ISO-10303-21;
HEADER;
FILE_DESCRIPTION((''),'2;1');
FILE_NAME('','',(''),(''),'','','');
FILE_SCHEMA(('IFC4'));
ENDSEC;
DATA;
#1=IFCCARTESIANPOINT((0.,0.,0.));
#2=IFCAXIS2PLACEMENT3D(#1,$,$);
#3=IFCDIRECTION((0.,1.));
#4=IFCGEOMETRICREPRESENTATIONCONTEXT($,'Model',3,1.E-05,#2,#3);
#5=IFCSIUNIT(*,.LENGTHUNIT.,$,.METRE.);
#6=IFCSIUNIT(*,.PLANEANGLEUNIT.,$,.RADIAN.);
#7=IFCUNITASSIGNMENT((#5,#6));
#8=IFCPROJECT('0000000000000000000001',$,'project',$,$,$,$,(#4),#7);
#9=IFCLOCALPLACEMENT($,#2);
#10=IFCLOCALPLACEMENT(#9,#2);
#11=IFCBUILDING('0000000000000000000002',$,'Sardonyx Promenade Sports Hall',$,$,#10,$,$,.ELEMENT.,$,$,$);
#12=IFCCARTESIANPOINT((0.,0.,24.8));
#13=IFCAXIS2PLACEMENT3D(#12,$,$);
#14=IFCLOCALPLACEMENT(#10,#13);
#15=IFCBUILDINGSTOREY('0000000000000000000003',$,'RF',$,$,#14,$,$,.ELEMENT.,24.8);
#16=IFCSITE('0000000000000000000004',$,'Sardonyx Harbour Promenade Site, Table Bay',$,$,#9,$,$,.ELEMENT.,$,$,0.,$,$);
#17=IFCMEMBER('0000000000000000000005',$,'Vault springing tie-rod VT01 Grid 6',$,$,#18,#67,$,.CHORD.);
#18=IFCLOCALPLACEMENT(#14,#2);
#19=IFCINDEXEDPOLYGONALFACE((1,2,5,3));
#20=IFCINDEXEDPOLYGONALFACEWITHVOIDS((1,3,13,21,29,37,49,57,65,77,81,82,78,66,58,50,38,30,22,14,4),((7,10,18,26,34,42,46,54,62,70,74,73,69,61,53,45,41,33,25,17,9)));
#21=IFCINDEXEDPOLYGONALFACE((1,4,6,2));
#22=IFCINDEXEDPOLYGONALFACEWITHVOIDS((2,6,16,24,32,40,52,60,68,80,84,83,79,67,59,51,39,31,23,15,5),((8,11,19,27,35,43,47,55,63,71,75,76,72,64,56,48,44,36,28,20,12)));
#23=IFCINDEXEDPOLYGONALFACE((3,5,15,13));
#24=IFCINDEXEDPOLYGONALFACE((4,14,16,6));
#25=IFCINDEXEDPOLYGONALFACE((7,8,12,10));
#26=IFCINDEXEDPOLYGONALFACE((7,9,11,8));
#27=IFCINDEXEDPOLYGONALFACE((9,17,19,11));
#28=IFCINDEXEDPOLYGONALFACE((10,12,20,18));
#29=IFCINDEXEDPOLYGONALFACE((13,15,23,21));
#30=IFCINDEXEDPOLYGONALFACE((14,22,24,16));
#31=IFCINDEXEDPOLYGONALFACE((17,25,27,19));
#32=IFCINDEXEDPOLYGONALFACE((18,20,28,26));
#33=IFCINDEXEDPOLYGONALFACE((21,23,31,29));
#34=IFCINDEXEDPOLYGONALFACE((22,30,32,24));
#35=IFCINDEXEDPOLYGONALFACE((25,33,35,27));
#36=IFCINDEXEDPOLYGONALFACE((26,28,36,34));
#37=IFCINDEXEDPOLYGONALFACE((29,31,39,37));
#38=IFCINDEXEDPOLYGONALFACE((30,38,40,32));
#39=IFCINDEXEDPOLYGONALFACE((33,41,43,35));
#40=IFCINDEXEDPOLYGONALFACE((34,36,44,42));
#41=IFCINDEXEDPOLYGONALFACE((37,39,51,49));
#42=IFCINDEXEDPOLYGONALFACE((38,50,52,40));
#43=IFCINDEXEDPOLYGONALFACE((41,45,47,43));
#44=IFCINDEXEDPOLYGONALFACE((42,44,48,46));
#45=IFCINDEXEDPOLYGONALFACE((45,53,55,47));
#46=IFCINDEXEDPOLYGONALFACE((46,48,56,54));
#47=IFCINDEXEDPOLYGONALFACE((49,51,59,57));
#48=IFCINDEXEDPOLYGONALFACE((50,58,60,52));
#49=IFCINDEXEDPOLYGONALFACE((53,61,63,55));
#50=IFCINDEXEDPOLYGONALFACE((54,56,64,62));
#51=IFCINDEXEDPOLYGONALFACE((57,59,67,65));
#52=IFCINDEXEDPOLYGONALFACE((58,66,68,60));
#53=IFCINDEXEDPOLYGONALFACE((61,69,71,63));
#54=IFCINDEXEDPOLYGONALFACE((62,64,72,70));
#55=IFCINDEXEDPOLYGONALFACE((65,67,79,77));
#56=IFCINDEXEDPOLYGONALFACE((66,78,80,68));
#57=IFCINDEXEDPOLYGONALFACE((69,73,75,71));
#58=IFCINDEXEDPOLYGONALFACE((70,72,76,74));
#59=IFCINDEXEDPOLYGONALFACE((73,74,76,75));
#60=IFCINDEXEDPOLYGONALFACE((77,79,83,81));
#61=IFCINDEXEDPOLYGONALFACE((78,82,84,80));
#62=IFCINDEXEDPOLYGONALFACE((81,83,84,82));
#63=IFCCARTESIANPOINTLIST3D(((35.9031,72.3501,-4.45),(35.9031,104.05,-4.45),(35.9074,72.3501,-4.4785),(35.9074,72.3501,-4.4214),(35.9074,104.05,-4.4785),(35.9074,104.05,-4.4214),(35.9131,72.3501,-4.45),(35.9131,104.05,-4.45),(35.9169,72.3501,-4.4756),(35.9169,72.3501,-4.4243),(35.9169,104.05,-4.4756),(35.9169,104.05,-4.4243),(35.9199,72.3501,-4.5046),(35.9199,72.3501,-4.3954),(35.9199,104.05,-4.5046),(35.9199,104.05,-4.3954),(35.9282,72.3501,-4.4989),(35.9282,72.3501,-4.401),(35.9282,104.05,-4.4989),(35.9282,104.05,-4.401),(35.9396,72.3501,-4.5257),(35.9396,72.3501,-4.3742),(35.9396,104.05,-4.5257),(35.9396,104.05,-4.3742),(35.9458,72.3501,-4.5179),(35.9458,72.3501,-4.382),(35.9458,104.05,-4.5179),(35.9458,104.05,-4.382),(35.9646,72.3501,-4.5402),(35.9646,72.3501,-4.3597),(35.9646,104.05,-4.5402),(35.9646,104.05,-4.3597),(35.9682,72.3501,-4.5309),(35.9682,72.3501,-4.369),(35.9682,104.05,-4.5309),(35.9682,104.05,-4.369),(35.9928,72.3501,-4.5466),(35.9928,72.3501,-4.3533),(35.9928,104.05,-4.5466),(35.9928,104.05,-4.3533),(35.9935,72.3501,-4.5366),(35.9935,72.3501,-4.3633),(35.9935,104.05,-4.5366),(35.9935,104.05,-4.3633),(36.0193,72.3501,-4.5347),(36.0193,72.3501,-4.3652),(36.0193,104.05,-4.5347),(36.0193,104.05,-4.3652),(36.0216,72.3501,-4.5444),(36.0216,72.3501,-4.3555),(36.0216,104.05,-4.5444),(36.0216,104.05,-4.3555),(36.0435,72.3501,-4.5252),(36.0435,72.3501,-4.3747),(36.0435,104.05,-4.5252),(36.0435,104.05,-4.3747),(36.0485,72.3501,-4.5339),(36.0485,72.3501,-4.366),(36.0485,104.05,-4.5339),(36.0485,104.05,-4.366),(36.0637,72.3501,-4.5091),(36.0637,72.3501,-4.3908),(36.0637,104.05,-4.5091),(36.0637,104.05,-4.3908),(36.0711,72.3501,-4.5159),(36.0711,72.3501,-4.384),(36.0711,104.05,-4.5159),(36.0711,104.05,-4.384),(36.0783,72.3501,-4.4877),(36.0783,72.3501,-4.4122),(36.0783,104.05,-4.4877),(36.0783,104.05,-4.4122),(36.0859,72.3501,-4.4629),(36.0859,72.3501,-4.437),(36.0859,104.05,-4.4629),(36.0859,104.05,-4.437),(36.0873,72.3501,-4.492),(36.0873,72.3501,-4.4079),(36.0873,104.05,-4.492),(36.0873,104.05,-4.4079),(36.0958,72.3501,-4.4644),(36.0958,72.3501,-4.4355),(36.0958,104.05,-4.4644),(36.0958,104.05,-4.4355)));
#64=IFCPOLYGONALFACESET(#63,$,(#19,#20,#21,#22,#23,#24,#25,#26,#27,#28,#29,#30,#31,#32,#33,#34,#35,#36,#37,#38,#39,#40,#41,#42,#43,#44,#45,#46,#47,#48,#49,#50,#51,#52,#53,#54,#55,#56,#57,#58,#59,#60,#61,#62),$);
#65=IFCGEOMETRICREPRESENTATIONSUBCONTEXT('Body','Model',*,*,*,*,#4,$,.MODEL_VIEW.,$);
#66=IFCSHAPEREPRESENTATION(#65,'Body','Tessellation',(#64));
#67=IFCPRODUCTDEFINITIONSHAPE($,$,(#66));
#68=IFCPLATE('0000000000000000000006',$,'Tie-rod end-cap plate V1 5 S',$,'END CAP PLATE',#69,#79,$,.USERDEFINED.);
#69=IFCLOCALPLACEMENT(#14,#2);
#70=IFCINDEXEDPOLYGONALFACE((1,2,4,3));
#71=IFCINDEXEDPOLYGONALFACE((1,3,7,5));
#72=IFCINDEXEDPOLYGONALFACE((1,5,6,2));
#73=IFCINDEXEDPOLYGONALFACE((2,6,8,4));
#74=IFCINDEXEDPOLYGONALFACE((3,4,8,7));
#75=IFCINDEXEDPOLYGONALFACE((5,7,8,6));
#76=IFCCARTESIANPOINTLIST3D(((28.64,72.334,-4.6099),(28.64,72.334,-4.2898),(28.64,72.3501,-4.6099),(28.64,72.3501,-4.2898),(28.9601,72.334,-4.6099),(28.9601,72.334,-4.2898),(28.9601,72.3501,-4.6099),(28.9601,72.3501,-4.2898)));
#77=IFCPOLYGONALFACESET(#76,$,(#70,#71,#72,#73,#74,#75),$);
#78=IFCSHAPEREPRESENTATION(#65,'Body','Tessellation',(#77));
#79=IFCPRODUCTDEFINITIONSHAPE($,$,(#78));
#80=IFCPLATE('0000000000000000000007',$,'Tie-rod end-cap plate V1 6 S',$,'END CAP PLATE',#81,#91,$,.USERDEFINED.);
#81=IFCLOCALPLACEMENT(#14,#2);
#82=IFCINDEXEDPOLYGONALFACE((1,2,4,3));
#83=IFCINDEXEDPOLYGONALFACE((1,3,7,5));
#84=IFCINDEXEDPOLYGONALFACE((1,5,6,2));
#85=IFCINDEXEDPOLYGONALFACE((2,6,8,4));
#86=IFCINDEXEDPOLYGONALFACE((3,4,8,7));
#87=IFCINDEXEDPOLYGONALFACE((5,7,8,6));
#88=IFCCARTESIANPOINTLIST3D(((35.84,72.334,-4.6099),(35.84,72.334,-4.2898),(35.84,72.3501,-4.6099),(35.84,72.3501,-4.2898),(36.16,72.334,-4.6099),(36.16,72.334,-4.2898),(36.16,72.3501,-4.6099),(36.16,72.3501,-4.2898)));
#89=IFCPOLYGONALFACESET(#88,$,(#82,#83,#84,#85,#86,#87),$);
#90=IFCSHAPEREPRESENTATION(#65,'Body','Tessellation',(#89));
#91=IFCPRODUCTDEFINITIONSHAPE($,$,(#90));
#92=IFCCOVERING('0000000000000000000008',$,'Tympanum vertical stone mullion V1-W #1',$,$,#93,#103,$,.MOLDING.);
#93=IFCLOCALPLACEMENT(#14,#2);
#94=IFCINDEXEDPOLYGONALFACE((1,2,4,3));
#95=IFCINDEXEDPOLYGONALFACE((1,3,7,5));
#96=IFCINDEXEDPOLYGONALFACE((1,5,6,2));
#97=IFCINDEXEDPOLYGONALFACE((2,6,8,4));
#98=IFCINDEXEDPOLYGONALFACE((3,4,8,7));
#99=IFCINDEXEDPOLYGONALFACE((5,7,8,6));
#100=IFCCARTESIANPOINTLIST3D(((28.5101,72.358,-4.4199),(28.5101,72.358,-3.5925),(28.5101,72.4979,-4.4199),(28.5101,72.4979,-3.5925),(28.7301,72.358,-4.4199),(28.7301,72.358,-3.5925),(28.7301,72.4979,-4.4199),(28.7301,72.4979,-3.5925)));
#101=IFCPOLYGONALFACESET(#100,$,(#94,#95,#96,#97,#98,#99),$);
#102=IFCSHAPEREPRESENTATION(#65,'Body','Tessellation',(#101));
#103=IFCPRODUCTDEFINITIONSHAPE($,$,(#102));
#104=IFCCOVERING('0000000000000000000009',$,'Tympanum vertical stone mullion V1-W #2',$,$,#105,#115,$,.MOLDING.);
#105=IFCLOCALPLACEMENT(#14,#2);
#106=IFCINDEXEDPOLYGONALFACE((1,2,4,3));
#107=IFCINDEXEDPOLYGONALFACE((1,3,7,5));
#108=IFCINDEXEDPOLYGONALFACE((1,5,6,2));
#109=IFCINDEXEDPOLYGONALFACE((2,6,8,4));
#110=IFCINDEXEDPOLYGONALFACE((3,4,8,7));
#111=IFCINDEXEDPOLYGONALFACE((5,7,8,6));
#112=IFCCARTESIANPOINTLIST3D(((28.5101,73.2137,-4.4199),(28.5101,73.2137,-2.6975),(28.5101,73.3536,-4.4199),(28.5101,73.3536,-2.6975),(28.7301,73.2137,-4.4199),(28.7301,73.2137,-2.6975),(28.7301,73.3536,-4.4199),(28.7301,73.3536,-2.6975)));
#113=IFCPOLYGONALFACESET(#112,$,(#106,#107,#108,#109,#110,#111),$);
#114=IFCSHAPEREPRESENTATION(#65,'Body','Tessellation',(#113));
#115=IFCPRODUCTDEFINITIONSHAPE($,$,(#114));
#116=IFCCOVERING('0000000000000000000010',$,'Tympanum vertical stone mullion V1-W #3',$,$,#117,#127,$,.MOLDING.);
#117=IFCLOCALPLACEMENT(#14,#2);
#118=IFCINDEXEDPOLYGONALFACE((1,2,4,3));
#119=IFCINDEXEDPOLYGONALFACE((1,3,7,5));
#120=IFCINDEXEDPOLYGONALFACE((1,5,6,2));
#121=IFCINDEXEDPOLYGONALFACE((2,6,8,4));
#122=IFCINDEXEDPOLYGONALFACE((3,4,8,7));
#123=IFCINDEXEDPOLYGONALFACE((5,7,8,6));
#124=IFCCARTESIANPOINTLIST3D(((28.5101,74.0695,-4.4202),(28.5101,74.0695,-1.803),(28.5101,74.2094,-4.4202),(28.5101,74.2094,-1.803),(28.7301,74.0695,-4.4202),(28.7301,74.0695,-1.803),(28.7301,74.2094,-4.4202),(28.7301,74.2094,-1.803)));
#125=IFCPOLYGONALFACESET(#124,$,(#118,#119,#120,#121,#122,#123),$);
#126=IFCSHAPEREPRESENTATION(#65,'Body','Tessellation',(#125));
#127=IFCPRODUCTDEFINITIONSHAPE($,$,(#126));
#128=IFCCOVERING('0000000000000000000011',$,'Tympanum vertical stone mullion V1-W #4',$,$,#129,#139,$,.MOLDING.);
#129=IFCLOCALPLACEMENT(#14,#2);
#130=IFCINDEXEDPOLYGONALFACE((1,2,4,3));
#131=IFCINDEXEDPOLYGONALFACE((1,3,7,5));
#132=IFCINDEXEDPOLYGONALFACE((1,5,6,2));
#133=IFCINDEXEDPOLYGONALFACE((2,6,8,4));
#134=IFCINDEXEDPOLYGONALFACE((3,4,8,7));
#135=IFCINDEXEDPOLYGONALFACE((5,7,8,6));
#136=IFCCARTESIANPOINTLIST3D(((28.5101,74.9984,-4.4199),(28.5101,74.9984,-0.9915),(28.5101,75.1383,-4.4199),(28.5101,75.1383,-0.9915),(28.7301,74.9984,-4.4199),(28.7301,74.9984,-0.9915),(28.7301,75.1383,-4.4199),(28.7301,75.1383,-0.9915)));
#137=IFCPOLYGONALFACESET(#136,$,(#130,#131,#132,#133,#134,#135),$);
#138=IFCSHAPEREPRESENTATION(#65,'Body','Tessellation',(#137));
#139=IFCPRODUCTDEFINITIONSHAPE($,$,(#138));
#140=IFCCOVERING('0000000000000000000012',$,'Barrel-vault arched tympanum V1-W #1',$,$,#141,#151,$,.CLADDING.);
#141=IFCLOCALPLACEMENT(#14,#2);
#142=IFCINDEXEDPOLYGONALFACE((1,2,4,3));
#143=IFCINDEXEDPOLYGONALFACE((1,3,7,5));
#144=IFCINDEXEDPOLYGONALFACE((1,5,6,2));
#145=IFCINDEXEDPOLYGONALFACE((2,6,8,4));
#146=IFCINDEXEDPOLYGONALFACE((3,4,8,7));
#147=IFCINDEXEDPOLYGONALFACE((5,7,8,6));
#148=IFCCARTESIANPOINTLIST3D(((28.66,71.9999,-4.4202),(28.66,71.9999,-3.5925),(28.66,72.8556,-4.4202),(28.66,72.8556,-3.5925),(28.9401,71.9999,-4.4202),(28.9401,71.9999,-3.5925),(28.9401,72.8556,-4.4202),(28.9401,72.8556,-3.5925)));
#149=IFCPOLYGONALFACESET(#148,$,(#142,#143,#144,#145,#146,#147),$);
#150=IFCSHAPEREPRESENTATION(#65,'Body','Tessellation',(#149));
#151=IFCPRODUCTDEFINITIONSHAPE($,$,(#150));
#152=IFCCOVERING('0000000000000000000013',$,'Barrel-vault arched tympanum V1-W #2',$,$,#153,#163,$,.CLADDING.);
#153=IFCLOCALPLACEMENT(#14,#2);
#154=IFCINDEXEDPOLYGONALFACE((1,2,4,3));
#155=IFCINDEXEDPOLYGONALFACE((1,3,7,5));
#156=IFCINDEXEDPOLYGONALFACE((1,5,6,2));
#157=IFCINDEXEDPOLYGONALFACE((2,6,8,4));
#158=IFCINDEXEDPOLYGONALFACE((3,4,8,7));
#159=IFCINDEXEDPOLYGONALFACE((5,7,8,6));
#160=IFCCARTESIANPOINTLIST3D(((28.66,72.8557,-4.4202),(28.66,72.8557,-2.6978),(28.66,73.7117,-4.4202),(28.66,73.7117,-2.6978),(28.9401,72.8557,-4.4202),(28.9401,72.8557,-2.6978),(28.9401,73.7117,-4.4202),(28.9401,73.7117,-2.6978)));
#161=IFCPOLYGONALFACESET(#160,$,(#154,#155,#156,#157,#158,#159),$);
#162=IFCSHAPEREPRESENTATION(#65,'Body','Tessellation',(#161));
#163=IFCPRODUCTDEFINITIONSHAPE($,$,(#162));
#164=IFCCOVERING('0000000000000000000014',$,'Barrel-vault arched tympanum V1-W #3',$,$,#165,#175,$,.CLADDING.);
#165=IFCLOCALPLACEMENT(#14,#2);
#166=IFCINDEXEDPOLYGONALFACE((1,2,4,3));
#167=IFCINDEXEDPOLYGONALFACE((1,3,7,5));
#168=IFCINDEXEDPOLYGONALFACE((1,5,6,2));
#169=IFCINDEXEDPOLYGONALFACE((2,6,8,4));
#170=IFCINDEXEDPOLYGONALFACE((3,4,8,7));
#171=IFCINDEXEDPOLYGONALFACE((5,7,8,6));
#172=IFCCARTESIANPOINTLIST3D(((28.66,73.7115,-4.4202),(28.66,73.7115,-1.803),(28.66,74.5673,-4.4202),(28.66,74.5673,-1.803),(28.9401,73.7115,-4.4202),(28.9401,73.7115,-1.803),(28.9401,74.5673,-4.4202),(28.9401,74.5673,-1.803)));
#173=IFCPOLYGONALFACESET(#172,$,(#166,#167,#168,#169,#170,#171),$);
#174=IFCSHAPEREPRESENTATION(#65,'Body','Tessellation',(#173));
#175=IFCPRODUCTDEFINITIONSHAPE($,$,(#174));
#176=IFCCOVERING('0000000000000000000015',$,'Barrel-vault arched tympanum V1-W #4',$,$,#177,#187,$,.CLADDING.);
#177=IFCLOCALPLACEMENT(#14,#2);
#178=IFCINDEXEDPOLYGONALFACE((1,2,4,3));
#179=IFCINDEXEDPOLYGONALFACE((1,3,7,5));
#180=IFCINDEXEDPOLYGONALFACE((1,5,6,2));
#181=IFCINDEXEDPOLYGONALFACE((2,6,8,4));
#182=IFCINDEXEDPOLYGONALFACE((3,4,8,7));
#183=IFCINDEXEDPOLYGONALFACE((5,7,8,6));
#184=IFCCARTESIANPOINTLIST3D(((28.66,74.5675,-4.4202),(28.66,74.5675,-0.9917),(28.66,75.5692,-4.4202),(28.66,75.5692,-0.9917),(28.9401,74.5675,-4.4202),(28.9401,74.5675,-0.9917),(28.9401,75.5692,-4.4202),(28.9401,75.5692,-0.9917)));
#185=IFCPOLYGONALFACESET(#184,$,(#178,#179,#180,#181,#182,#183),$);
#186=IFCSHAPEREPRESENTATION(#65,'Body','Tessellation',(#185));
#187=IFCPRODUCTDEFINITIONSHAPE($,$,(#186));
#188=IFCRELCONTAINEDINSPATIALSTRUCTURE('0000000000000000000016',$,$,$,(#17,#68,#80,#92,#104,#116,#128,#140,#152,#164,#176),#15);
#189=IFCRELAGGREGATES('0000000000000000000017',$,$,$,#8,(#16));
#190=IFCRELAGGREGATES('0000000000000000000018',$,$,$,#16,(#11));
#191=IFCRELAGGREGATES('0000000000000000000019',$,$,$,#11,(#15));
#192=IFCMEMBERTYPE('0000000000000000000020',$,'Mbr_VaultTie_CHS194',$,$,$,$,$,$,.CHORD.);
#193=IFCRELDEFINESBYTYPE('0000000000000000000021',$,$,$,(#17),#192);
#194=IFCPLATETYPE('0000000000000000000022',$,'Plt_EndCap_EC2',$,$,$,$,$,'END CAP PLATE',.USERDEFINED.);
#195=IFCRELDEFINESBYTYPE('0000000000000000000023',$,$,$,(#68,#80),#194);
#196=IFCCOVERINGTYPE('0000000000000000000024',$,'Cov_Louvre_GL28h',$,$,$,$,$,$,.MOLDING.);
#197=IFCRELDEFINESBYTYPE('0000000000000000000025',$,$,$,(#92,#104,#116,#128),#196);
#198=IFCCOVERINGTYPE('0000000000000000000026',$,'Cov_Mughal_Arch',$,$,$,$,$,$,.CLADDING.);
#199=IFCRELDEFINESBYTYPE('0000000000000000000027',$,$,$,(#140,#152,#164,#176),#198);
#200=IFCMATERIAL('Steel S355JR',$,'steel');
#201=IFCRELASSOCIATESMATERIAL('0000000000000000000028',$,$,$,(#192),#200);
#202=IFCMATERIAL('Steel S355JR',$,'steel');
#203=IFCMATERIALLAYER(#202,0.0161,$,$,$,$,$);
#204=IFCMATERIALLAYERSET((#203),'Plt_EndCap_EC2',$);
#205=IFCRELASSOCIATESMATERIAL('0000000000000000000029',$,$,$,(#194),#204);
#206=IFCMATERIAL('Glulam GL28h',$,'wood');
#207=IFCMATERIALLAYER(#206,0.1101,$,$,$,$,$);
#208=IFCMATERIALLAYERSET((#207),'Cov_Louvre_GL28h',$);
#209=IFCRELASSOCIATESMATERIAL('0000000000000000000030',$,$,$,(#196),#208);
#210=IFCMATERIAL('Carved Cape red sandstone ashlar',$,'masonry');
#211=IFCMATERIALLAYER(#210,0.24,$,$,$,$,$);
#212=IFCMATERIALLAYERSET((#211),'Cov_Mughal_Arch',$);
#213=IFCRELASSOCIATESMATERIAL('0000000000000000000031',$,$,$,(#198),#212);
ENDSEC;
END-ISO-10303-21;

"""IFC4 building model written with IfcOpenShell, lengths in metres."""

from ifc_helpers import new_model, si_unit, direction, frame, frame_2d, origin, origin_2d, place, context, subcontext, project, spatial, rectangle, hollow_circle, extrude, material, layer, layer_set, material_profile, profile_set, type_object, element, save


model = new_model("IFC4")

# Units and contexts
model_context = context("Model", 3, precision=1e-05, world=origin(), true_north=direction((0.0, 1.0)))
body_context = subcontext(model_context, "Body", "Model", "MODEL_VIEW")
ifc_project = project(units=[si_unit("LENGTHUNIT", "METRE"), si_unit("PLANEANGLEUNIT", "RADIAN")], contexts=[model_context])

# Site, building, storey
site_placement = place(None, origin())
site = spatial("IfcSite", under=ifc_project, at=site_placement, Name="Sardonyx Harbour Promenade Site, Table Bay", CompositionType="ELEMENT", RefElevation=0.0)
building_placement = place(site_placement, origin())
building = spatial("IfcBuilding", under=site, at=building_placement, Name="Sardonyx Promenade Sports Hall", CompositionType="ELEMENT")
storey_placement = place(building_placement, frame((0.0, 0.0, 24.8)))
storey = spatial("IfcBuildingStorey", under=building, at=storey_placement, Name="RF", CompositionType="ELEMENT", Elevation=24.8)

# Member
ifc_material_1 = material(Name="Steel S355JR", Category="steel")
ifc_material_profile_1 = material_profile(ifc_material_1, hollow_circle(Radius=0.0969, WallThickness=0.01, at=origin_2d()))
ifc_profile_set_1 = profile_set([ifc_material_profile_1], Name="Steel S355JR")
member_type_1 = type_object("IfcMemberType", Name="Mbr_VaultTie_CHS194", PredefinedType="CHORD", material=ifc_profile_set_1)
for number, where, z_axis, x_axis, name in (
    (1, (36.0, 72.3501, -4.45), (0.0, 1.0, 0.0), (-1.0, 0.0, 0.0), "Vault springing tie-rod VT01 Grid 6"),
):
    element("IfcMember", number, at=place(storey_placement, frame(where, z_axis=z_axis, x_axis=x_axis)), inside=storey, type_object=member_type_1, Name=name, PredefinedType="CHORD", context=body_context, shape_type="SweptSolid", body=[
        extrude(hollow_circle(Radius=0.0969, WallThickness=0.01, at=origin_2d()), origin(), (0.0, 0.0, 1.0), 31.7),
    ])

# Plates
ifc_material_2 = material(Name="Steel S355JR", Category="steel")
ifc_layer_1 = layer(ifc_material_2, 0.0161)
ifc_layer_set_1 = layer_set([ifc_layer_1], Name="Plt_EndCap_EC2")
plate_type = type_object("IfcPlateType", Name="Plt_EndCap_EC2", ElementType="END CAP PLATE", PredefinedType="USERDEFINED", material=ifc_layer_set_1)
for number, where, z_axis, x_axis, name in (
    (2, (28.8, 72.342, -4.6099), (0.0, 0.0, 1.0), (1.0, 0.0, 0.0), "Tie-rod end-cap plate V1 5 S"),
    (3, (36.0, 72.342, -4.6099), (0.0, 0.0, 1.0), (1.0, 0.0, 0.0), "Tie-rod end-cap plate V1 6 S"),
):
    element("IfcPlate", number, at=place(storey_placement, frame(where, z_axis=z_axis, x_axis=x_axis)), inside=storey, type_object=plate_type, Name=name, ObjectType="END CAP PLATE", PredefinedType="USERDEFINED", context=body_context, shape_type="SweptSolid", body=[
        extrude(rectangle(XDim=0.3201, YDim=0.0161, at=origin_2d()), origin(), (0.0, 0.0, 1.0), 0.3201),
    ])

# Coverings
ifc_material_3 = material(Name="Glulam GL28h", Category="wood")
ifc_layer_2 = layer(ifc_material_3, 0.1101)
ifc_layer_set_2 = layer_set([ifc_layer_2], Name="Cov_Louvre_GL28h")
covering_type_1 = type_object("IfcCoveringType", Name="Cov_Louvre_GL28h", PredefinedType="MOLDING", material=ifc_layer_set_2)
covering_1_placement = place(storey_placement, frame((28.6201, 72.428, -4.4199), z_axis=(0.0, 0.0, 1.0), x_axis=(1.0, 0.0, 0.0)))
element("IfcCovering", 4, at=covering_1_placement, inside=storey, type_object=covering_type_1, Name="Tympanum vertical stone mullion V1-W #1", PredefinedType="MOLDING", context=body_context, shape_type="SweptSolid", body=[
    extrude(rectangle(XDim=0.22, YDim=0.1399, at=origin_2d()), origin(), (0.0, 0.0, 1.0), 0.8274),
])
covering_2_placement = place(storey_placement, frame((28.6201, 73.2837, -4.4199), z_axis=(0.0, 0.0, 1.0), x_axis=(1.0, 0.0, 0.0)))
element("IfcCovering", 5, at=covering_2_placement, inside=storey, type_object=covering_type_1, Name="Tympanum vertical stone mullion V1-W #2", PredefinedType="MOLDING", context=body_context, shape_type="SweptSolid", body=[
    extrude(rectangle(XDim=0.22, YDim=0.1399, at=origin_2d()), origin(), (0.0, 0.0, 1.0), 1.7224),
])
covering_3_placement = place(storey_placement, frame((28.6201, 74.1394, -4.4202), z_axis=(0.0, 0.0, 1.0), x_axis=(1.0, 0.0, 0.0)))
element("IfcCovering", 6, at=covering_3_placement, inside=storey, type_object=covering_type_1, Name="Tympanum vertical stone mullion V1-W #3", PredefinedType="MOLDING", context=body_context, shape_type="SweptSolid", body=[
    extrude(rectangle(XDim=0.22, YDim=0.1399, at=origin_2d()), origin(), (0.0, 0.0, 1.0), 2.6172),
])
covering_4_placement = place(storey_placement, frame((28.6201, 75.0684, -4.4199), z_axis=(0.0, 0.0, 1.0), x_axis=(1.0, 0.0, 0.0)))
element("IfcCovering", 7, at=covering_4_placement, inside=storey, type_object=covering_type_1, Name="Tympanum vertical stone mullion V1-W #4", PredefinedType="MOLDING", context=body_context, shape_type="SweptSolid", body=[
    extrude(rectangle(XDim=0.22, YDim=0.1399, at=origin_2d()), origin(), (0.0, 0.0, 1.0), 3.4285),
])
ifc_material_4 = material(Name="Carved Cape red sandstone ashlar", Category="masonry")
ifc_layer_3 = layer(ifc_material_4, 0.24)
ifc_layer_set_3 = layer_set([ifc_layer_3], Name="Cov_Mughal_Arch")
covering_type_2 = type_object("IfcCoveringType", Name="Cov_Mughal_Arch", PredefinedType="CLADDING", material=ifc_layer_set_3)
covering_5_placement = place(storey_placement, frame((28.8, 72.0, -4.4202), z_axis=(0.0, 0.0, 1.0), x_axis=(0.0, 1.0, 0.0)))
element("IfcCovering", 8, at=covering_5_placement, inside=storey, type_object=covering_type_2, Name="Barrel-vault arched tympanum V1-W #1", PredefinedType="CLADDING", context=body_context, shape_type="SweptSolid", body=[
    extrude(rectangle(XDim=0.8557, YDim=0.28, at=frame_2d((0.4277, 0.0))), origin(), (0.0, 0.0, 1.0), 0.8276),
])
covering_6_placement = place(storey_placement, frame((28.8, 72.8557, -4.4202), z_axis=(0.0, 0.0, 1.0), x_axis=(0.0, 1.0, 0.0)))
element("IfcCovering", 9, at=covering_6_placement, inside=storey, type_object=covering_type_2, Name="Barrel-vault arched tympanum V1-W #2", PredefinedType="CLADDING", context=body_context, shape_type="SweptSolid", body=[
    extrude(rectangle(XDim=0.856, YDim=0.28, at=frame_2d((0.428, 0.0))), origin(), (0.0, 0.0, 1.0), 1.7224),
])
covering_7_placement = place(storey_placement, frame((28.8, 73.7117, -4.4202), z_axis=(0.0, 0.0, 1.0), x_axis=(0.0, 1.0, 0.0)))
element("IfcCovering", 10, at=covering_7_placement, inside=storey, type_object=covering_type_2, Name="Barrel-vault arched tympanum V1-W #3", PredefinedType="CLADDING", context=body_context, shape_type="SweptSolid", body=[
    extrude(rectangle(XDim=0.8557, YDim=0.28, at=frame_2d((0.4277, 0.0))), origin(), (0.0, 0.0, 1.0), 2.6172),
])
covering_8_placement = place(storey_placement, frame((28.8, 74.5674, -4.4202), z_axis=(0.0, 0.0, 1.0), x_axis=(0.0, 1.0, 0.0)))
element("IfcCovering", 11, at=covering_8_placement, inside=storey, type_object=covering_type_2, Name="Barrel-vault arched tympanum V1-W #4", PredefinedType="CLADDING", context=body_context, shape_type="SweptSolid", body=[
    extrude(rectangle(XDim=1.0017, YDim=0.28, at=frame_2d((0.501, 0.0))), origin(), (0.0, 0.0, 1.0), 3.4285),
])

save(model, "model.ifc")
